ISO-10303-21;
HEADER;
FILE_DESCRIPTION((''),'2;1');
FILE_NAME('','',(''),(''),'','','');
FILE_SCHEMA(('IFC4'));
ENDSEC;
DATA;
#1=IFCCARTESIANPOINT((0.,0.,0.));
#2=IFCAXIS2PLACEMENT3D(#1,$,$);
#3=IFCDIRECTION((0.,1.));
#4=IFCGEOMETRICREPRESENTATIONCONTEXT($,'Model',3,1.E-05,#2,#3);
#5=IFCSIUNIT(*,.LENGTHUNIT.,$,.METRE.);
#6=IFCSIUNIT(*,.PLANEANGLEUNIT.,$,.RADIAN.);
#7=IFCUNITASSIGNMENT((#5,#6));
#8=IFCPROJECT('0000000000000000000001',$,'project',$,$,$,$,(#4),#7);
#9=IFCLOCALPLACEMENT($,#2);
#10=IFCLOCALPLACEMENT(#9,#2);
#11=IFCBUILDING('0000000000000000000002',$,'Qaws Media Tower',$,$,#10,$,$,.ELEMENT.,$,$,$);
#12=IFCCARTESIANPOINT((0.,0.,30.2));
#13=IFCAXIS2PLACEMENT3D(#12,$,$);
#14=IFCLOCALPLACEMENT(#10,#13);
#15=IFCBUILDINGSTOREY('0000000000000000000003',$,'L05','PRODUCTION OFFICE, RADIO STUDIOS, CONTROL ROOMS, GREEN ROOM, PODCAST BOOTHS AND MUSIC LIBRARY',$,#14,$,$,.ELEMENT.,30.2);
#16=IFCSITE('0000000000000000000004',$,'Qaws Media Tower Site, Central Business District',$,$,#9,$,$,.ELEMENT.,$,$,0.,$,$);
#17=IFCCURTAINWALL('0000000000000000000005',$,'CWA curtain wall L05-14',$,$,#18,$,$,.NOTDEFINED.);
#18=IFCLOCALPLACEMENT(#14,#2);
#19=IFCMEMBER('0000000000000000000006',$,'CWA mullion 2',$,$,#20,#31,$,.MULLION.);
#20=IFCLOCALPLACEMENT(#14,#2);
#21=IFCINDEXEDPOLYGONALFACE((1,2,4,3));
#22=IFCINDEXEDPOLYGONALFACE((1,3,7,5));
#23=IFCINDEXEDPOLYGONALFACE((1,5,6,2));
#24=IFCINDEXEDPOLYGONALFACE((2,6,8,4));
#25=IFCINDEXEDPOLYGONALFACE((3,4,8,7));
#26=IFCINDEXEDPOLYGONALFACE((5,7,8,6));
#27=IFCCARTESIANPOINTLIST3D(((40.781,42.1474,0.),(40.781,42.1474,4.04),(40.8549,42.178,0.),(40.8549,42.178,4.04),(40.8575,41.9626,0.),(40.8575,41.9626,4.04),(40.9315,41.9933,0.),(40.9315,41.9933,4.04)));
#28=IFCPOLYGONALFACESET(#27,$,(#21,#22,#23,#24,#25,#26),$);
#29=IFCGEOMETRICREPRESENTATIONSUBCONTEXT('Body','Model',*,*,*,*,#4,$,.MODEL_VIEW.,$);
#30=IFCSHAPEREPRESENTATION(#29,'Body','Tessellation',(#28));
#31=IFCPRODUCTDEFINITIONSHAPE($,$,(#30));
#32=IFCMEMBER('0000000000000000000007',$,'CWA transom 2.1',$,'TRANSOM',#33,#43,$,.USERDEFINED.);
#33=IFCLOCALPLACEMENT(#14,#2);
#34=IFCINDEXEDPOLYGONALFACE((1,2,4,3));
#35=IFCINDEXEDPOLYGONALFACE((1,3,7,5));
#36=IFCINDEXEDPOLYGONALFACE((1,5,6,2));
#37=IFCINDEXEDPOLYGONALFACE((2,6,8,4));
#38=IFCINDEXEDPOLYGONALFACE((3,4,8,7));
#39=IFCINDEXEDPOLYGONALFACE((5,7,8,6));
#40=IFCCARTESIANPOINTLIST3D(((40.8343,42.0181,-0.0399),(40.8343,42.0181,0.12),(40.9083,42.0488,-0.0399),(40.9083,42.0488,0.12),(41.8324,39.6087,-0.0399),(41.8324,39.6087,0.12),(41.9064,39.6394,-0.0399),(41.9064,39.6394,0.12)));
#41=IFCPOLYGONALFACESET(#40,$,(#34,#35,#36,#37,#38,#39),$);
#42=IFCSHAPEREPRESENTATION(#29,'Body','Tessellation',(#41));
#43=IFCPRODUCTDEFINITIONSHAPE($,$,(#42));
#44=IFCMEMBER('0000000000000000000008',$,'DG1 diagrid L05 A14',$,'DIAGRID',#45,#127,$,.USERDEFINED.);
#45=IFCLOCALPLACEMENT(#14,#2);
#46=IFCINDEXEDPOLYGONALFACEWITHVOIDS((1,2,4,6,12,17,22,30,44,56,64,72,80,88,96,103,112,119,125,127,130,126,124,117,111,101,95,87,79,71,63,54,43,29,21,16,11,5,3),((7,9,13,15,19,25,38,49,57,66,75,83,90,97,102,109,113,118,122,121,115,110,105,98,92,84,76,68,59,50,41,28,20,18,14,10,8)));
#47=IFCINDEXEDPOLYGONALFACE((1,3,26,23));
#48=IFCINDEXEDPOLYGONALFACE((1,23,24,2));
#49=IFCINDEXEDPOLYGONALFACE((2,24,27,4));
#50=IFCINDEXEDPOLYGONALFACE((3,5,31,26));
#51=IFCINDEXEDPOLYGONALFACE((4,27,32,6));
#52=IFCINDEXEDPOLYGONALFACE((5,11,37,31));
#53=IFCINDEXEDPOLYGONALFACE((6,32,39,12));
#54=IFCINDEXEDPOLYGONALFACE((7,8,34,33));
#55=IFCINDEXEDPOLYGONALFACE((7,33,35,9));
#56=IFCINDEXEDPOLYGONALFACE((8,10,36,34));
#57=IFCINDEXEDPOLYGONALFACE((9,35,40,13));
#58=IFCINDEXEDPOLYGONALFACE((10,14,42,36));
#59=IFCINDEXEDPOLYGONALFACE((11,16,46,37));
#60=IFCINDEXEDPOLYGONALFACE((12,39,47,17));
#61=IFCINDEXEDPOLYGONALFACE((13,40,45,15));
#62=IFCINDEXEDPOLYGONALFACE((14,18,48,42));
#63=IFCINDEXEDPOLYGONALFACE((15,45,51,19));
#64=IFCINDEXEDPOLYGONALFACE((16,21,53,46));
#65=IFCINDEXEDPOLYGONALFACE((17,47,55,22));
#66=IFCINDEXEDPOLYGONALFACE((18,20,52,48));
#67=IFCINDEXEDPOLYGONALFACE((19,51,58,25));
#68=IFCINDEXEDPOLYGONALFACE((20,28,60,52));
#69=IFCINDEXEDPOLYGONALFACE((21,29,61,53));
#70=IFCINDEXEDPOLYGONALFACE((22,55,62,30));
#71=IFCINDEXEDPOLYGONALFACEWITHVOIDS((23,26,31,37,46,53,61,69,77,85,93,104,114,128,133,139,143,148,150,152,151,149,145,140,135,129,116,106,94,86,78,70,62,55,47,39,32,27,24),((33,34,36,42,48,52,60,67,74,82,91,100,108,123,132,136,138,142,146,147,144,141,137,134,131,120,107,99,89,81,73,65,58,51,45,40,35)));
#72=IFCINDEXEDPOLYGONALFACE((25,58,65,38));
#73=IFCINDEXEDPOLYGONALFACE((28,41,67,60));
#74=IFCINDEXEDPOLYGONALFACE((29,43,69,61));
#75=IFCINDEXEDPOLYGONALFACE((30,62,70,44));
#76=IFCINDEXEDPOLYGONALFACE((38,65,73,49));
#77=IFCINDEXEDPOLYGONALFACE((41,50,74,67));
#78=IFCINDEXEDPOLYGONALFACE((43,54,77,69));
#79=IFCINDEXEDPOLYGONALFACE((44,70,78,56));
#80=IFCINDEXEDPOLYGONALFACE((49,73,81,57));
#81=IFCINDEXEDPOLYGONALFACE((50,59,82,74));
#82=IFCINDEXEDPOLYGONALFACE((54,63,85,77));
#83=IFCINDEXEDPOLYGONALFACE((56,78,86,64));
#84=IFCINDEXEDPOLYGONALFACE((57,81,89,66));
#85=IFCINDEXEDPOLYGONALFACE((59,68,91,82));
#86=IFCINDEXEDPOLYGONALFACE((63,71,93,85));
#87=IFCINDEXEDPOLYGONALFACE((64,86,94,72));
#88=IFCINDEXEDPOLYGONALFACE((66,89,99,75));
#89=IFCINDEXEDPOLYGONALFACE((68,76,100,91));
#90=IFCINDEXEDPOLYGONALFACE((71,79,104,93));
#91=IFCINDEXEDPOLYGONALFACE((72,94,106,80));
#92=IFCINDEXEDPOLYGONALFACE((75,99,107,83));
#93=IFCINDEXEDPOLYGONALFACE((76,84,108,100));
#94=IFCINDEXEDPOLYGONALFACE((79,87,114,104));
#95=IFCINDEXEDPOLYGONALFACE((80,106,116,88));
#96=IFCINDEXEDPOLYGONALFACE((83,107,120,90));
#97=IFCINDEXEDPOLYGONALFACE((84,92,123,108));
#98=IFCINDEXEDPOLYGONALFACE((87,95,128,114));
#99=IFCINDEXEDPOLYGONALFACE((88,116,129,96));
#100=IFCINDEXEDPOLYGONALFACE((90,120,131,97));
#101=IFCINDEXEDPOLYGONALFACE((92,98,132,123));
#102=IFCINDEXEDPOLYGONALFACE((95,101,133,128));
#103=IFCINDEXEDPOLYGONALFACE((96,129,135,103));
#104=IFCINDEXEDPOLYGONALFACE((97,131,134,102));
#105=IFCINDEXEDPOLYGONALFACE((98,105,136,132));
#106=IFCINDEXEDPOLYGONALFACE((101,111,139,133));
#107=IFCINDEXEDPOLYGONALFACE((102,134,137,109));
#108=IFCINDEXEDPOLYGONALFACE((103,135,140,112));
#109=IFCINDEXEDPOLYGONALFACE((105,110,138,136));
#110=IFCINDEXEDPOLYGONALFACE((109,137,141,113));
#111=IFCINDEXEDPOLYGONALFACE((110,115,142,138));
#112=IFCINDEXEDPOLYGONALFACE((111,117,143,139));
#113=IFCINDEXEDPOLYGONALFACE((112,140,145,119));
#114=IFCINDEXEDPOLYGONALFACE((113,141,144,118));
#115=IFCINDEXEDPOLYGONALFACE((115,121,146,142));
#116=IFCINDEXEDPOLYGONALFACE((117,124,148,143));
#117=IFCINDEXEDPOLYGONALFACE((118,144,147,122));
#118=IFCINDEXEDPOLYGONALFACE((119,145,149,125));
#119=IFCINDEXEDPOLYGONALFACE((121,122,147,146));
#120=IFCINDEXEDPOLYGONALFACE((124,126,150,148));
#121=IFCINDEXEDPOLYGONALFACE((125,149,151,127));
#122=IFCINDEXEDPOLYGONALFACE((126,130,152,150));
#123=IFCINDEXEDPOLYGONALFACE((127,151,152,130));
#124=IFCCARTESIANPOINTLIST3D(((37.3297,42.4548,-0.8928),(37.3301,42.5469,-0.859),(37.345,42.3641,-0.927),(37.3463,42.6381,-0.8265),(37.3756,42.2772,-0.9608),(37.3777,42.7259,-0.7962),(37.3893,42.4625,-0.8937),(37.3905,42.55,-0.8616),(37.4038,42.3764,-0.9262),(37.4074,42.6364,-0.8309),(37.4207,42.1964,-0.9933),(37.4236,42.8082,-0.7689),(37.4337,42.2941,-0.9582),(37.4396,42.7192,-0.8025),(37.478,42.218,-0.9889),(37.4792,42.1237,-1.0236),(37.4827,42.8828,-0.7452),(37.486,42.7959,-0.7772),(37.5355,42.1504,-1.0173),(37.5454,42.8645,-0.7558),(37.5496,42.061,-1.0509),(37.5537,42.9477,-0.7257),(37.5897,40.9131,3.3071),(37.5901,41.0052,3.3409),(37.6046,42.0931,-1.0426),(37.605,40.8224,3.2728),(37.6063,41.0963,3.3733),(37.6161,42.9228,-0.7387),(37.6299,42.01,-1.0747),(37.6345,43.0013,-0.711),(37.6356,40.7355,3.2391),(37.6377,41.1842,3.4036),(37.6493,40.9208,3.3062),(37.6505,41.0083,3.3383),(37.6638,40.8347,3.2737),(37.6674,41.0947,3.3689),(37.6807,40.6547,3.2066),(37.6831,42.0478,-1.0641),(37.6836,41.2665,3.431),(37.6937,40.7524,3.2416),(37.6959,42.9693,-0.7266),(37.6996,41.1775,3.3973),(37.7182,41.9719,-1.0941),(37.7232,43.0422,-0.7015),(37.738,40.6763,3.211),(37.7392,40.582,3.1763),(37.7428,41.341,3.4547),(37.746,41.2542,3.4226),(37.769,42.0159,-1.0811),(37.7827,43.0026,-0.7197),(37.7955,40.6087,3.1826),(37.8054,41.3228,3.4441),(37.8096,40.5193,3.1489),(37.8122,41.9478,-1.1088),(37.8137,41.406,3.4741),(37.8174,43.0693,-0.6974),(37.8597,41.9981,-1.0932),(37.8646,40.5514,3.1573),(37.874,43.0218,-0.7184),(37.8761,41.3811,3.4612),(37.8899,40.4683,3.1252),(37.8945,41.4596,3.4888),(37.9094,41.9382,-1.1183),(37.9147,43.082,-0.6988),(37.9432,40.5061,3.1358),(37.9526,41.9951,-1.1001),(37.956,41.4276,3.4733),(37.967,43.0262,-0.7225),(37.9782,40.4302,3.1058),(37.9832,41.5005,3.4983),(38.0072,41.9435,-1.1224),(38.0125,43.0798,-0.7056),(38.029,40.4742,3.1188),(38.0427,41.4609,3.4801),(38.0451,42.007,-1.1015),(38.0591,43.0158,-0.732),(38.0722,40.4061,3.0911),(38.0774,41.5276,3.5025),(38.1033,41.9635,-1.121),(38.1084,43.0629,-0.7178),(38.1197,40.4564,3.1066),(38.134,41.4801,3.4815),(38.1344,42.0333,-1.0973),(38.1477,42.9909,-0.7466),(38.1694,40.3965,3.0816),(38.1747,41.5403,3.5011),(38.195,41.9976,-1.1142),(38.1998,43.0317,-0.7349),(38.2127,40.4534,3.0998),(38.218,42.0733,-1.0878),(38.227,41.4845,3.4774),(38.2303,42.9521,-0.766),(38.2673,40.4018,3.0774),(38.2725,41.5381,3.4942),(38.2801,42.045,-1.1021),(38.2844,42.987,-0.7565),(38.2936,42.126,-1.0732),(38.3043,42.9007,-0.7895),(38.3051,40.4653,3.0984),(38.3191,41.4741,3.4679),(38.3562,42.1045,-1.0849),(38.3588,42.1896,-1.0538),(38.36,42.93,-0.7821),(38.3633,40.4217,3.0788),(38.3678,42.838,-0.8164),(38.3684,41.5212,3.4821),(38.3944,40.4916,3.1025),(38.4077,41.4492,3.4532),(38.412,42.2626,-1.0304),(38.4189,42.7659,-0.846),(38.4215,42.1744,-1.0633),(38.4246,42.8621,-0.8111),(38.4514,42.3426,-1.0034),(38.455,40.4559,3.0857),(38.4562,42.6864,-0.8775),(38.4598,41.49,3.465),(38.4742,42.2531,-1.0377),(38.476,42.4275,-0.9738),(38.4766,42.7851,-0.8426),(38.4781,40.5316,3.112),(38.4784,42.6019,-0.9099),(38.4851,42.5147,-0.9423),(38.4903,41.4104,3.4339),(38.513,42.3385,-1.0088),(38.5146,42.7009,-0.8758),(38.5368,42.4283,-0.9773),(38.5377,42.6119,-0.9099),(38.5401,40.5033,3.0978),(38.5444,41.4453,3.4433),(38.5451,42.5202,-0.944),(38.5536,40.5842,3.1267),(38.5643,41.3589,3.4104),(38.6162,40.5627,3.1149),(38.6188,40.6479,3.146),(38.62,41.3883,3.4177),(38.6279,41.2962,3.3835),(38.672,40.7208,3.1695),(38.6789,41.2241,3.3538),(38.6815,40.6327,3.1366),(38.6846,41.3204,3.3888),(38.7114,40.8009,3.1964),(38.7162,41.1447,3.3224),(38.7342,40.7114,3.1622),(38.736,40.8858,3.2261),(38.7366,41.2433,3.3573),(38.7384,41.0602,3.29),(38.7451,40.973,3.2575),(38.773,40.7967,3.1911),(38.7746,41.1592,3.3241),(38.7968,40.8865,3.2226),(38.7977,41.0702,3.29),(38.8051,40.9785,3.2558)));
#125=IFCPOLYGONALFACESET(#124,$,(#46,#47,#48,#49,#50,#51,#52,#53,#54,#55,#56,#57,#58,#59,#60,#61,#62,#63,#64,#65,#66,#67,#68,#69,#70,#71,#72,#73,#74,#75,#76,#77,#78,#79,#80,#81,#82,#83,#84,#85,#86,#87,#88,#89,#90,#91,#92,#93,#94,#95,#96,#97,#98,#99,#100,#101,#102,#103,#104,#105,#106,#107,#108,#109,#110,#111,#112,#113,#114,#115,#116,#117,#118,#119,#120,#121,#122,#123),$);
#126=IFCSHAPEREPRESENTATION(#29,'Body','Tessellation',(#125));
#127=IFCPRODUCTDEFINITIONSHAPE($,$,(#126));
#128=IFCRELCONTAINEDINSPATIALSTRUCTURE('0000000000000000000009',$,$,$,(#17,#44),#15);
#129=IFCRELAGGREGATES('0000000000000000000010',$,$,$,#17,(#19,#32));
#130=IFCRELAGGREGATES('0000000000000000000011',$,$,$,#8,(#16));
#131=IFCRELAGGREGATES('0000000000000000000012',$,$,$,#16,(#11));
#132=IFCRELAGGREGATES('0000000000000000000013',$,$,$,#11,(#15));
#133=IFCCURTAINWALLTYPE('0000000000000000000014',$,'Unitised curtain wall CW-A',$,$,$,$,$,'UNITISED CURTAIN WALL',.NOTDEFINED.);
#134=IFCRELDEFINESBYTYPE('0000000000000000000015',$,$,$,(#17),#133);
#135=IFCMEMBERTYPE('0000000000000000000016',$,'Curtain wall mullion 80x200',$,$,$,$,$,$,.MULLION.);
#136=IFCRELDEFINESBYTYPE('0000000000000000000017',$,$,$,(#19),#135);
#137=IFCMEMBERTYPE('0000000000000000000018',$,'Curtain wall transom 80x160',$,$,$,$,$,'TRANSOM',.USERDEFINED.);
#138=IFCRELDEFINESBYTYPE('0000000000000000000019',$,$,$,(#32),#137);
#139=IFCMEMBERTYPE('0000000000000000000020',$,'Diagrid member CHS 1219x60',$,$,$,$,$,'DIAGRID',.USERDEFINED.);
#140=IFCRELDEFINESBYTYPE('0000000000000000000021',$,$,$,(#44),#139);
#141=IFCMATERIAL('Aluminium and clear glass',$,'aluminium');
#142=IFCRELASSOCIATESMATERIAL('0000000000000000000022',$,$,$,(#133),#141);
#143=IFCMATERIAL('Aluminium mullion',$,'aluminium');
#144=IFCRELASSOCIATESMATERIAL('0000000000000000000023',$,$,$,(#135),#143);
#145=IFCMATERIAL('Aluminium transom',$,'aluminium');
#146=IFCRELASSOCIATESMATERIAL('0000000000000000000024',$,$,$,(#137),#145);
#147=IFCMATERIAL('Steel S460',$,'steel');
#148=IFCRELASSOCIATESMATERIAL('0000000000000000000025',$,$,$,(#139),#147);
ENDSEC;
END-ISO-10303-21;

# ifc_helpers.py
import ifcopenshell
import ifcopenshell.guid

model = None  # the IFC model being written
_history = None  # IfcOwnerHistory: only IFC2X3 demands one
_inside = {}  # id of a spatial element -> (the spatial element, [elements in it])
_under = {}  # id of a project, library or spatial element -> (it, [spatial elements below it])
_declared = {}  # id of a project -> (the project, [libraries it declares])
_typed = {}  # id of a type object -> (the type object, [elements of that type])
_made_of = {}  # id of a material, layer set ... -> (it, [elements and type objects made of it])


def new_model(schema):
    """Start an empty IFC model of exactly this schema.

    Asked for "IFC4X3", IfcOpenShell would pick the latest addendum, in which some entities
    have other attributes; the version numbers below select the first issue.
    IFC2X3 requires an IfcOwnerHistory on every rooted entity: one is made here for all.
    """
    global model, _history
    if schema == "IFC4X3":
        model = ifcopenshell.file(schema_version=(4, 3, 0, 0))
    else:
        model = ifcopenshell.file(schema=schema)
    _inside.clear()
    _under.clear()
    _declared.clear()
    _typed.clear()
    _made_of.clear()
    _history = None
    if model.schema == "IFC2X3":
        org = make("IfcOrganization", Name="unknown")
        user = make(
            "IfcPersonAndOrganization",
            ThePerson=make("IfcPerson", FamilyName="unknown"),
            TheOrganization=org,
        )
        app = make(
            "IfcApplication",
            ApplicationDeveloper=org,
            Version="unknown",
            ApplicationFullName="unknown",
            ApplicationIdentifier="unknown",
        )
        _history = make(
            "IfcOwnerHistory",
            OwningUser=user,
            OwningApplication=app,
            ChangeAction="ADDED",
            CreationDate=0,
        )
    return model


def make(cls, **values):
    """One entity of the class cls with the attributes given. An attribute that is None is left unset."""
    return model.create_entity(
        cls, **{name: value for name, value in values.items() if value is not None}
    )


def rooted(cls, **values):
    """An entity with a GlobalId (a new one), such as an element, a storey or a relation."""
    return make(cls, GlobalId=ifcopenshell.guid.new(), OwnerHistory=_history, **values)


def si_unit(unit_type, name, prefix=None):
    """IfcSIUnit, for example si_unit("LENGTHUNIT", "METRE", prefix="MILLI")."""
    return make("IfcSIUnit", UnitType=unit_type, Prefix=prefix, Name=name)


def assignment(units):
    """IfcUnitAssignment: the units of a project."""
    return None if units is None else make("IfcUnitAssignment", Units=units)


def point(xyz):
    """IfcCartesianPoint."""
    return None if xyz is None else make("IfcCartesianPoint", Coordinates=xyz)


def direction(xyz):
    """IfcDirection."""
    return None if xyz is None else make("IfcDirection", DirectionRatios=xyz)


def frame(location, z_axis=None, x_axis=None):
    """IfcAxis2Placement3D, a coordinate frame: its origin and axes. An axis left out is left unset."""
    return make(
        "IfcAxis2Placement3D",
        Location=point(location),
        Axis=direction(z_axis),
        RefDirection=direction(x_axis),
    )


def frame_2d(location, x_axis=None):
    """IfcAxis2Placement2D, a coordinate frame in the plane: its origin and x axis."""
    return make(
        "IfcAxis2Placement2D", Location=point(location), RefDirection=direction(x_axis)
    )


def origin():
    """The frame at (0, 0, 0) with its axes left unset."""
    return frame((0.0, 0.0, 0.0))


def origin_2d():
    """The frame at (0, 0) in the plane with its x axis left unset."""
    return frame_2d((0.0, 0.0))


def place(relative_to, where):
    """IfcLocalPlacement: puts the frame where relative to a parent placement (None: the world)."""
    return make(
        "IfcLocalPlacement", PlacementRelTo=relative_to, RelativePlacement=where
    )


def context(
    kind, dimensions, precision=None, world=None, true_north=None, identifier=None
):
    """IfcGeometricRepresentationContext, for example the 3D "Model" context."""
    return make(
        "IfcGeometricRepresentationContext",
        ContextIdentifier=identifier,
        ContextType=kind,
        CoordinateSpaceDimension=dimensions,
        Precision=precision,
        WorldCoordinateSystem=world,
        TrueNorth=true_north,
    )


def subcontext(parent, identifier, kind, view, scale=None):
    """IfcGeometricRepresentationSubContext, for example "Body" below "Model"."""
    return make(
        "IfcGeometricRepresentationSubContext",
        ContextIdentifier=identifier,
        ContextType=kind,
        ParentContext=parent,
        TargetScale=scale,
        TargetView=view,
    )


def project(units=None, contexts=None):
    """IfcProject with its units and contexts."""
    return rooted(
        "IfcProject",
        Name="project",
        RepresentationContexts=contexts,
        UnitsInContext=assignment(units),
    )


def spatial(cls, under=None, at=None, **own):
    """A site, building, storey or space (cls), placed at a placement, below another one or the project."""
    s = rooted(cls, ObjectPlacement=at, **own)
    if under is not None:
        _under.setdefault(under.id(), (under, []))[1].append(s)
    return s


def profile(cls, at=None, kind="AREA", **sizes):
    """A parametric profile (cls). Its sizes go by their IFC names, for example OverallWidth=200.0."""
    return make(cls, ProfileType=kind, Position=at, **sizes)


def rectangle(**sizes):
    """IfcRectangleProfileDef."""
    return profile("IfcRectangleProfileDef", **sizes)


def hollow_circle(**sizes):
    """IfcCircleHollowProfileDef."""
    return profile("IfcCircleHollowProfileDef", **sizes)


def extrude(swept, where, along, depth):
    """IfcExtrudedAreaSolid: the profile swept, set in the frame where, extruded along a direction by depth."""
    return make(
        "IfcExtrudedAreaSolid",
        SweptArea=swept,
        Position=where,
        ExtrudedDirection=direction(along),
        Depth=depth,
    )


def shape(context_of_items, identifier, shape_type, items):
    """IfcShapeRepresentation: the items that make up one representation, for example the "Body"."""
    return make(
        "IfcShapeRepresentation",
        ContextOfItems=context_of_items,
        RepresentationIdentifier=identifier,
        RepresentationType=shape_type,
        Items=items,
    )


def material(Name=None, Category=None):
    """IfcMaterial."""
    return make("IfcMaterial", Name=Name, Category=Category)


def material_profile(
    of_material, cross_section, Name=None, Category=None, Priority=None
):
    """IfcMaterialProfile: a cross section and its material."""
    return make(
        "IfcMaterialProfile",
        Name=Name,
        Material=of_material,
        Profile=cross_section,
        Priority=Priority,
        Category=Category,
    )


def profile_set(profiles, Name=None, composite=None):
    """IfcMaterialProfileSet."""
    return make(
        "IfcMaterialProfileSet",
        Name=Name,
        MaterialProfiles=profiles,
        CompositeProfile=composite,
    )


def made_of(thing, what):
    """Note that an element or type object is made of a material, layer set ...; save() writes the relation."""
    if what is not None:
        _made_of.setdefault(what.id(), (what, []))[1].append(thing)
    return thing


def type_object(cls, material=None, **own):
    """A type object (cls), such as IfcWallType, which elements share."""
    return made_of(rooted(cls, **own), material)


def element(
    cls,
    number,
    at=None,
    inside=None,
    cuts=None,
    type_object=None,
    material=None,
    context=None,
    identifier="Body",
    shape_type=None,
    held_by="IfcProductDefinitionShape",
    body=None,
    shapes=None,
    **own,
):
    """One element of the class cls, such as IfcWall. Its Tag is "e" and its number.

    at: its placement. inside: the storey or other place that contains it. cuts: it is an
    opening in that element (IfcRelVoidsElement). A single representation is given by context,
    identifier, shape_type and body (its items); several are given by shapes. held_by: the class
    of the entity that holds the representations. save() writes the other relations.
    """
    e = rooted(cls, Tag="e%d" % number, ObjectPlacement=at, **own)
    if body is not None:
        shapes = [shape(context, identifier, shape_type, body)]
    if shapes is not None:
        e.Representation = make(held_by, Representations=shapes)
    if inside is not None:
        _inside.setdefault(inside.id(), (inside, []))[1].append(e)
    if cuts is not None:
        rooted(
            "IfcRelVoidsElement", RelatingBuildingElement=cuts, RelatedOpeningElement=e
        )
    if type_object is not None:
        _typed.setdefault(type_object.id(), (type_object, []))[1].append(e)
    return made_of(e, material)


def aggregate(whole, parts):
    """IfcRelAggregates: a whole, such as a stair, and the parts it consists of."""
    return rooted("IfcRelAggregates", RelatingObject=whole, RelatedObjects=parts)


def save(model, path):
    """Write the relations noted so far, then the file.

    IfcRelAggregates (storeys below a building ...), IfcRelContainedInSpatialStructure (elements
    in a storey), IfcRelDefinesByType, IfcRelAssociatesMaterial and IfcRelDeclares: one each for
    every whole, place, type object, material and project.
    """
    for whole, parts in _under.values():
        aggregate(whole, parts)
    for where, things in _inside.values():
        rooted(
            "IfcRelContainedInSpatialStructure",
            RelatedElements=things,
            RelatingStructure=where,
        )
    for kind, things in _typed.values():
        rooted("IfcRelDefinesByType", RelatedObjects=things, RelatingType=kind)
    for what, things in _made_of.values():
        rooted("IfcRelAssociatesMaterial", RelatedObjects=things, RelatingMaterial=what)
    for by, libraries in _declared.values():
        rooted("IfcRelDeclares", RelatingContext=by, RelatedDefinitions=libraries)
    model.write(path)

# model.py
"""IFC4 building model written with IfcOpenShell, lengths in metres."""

from ifc_helpers import new_model, si_unit, direction, frame, origin, origin_2d, place, context, subcontext, project, spatial, rectangle, hollow_circle, extrude, material, material_profile, profile_set, type_object, element, aggregate, save


model = new_model("IFC4")

# Units and contexts
model_context = context("Model", 3, precision=1e-05, world=origin(), true_north=direction((0.0, 1.0)))
body_context = subcontext(model_context, "Body", "Model", "MODEL_VIEW")
ifc_project = project(units=[si_unit("LENGTHUNIT", "METRE"), si_unit("PLANEANGLEUNIT", "RADIAN")], contexts=[model_context])

# Site, building, storey
site_placement = place(None, origin())
site = spatial("IfcSite", under=ifc_project, at=site_placement, Name="Qaws Media Tower Site, Central Business District", CompositionType="ELEMENT", RefElevation=0.0)
building_placement = place(site_placement, origin())
building = spatial("IfcBuilding", under=site, at=building_placement, Name="Qaws Media Tower", CompositionType="ELEMENT")
storey_placement = place(building_placement, frame((0.0, 0.0, 30.2)))
storey = spatial("IfcBuildingStorey", under=building, at=storey_placement, Name="L05", Description="PRODUCTION OFFICE, RADIO STUDIOS, CONTROL ROOMS, GREEN ROOM, PODCAST BOOTHS AND MUSIC LIBRARY", CompositionType="ELEMENT", Elevation=30.2)

# Curtain wall, members
ifc_material_1 = material(Name="Aluminium and clear glass", Category="aluminium")
curtain_wall_type = type_object("IfcCurtainWallType", Name="Unitised curtain wall CW-A", ElementType="UNITISED CURTAIN WALL", PredefinedType="NOTDEFINED", material=ifc_material_1)
curtain_wall_placement = place(storey_placement, origin())
curtain_wall = element("IfcCurtainWall", 1, at=curtain_wall_placement, inside=storey, type_object=curtain_wall_type, Name="CWA curtain wall L05-14", PredefinedType="NOTDEFINED")
ifc_material_2 = material(Name="Aluminium mullion", Category="aluminium")
ifc_material_profile_1 = material_profile(ifc_material_2, rectangle(XDim=0.0801, YDim=0.2, at=origin_2d()), Name="80x200")
ifc_profile_set_1 = profile_set([ifc_material_profile_1], Name="Aluminium mullion")
member_type_1 = type_object("IfcMemberType", Name="Curtain wall mullion 80x200", PredefinedType="MULLION", material=ifc_profile_set_1)
member_1_placement = place(storey_placement, frame((40.8562, 42.0703, 0.0), z_axis=(0.0, 0.0, 1.0), x_axis=(0.92388, 0.382683, 0.0)))
member_1 = element("IfcMember", 2, at=member_1_placement, type_object=member_type_1, Name="CWA mullion 2", PredefinedType="MULLION", context=body_context, shape_type="SweptSolid", body=[
    extrude(rectangle(XDim=0.0801, YDim=0.2, at=origin_2d()), origin(), (0.0, 0.0, 1.0), 4.04),
])
ifc_material_3 = material(Name="Aluminium transom", Category="aluminium")
ifc_material_profile_2 = material_profile(ifc_material_3, rectangle(XDim=0.0801, YDim=0.1599, at=origin_2d()), Name="80x160")
ifc_profile_set_2 = profile_set([ifc_material_profile_2], Name="Aluminium transom")
member_type_2 = type_object("IfcMemberType", Name="Curtain wall transom 80x160", ElementType="TRANSOM", PredefinedType="USERDEFINED", material=ifc_profile_set_2)
member_2_placement = place(storey_placement, frame((40.8713, 42.0334, 0.04), z_axis=(0.382694, -0.923875, 0.0), x_axis=(0.923875, 0.382694, 0.0)))
member_2 = element("IfcMember", 3, at=member_2_placement, type_object=member_type_2, Name="CWA transom 2.1", ObjectType="TRANSOM", PredefinedType="USERDEFINED", context=body_context, shape_type="SweptSolid", body=[
    extrude(rectangle(XDim=0.0801, YDim=0.1599, at=origin_2d()), origin(), (0.0, 0.0, 1.0), 2.6079),
])

# Member
ifc_material_4 = material(Name="Steel S460", Category="steel")
ifc_material_profile_3 = material_profile(ifc_material_4, hollow_circle(Radius=0.6096, WallThickness=0.0601, at=origin_2d()), Name="CHS 1219x60")
ifc_profile_set_3 = profile_set([ifc_material_profile_3], Name="Steel S460")
member_type_3 = type_object("IfcMemberType", Name="Diagrid member CHS 1219x60", ElementType="DIAGRID", PredefinedType="USERDEFINED", material=ifc_profile_set_3)
for number, where, z_axis, x_axis, name in (
    (4, (37.9365, 42.5105, -0.9099), (0.058018, -0.344022, 0.937167), (0.986076, 0.166298, 0.0), "DG1 diagrid L05 A14"),
):
    element("IfcMember", number, at=place(storey_placement, frame(where, z_axis=z_axis, x_axis=x_axis)), inside=storey, type_object=member_type_3, Name=name, ObjectType="DIAGRID", PredefinedType="USERDEFINED", context=body_context, shape_type="SweptSolid", body=[
        extrude(hollow_circle(Radius=0.6096, WallThickness=0.0601, at=origin_2d()), origin(), (0.0, 0.0, 1.0), 4.4814),
    ])

aggregate(curtain_wall, [member_1, member_2])

save(model, "model.ifc")
